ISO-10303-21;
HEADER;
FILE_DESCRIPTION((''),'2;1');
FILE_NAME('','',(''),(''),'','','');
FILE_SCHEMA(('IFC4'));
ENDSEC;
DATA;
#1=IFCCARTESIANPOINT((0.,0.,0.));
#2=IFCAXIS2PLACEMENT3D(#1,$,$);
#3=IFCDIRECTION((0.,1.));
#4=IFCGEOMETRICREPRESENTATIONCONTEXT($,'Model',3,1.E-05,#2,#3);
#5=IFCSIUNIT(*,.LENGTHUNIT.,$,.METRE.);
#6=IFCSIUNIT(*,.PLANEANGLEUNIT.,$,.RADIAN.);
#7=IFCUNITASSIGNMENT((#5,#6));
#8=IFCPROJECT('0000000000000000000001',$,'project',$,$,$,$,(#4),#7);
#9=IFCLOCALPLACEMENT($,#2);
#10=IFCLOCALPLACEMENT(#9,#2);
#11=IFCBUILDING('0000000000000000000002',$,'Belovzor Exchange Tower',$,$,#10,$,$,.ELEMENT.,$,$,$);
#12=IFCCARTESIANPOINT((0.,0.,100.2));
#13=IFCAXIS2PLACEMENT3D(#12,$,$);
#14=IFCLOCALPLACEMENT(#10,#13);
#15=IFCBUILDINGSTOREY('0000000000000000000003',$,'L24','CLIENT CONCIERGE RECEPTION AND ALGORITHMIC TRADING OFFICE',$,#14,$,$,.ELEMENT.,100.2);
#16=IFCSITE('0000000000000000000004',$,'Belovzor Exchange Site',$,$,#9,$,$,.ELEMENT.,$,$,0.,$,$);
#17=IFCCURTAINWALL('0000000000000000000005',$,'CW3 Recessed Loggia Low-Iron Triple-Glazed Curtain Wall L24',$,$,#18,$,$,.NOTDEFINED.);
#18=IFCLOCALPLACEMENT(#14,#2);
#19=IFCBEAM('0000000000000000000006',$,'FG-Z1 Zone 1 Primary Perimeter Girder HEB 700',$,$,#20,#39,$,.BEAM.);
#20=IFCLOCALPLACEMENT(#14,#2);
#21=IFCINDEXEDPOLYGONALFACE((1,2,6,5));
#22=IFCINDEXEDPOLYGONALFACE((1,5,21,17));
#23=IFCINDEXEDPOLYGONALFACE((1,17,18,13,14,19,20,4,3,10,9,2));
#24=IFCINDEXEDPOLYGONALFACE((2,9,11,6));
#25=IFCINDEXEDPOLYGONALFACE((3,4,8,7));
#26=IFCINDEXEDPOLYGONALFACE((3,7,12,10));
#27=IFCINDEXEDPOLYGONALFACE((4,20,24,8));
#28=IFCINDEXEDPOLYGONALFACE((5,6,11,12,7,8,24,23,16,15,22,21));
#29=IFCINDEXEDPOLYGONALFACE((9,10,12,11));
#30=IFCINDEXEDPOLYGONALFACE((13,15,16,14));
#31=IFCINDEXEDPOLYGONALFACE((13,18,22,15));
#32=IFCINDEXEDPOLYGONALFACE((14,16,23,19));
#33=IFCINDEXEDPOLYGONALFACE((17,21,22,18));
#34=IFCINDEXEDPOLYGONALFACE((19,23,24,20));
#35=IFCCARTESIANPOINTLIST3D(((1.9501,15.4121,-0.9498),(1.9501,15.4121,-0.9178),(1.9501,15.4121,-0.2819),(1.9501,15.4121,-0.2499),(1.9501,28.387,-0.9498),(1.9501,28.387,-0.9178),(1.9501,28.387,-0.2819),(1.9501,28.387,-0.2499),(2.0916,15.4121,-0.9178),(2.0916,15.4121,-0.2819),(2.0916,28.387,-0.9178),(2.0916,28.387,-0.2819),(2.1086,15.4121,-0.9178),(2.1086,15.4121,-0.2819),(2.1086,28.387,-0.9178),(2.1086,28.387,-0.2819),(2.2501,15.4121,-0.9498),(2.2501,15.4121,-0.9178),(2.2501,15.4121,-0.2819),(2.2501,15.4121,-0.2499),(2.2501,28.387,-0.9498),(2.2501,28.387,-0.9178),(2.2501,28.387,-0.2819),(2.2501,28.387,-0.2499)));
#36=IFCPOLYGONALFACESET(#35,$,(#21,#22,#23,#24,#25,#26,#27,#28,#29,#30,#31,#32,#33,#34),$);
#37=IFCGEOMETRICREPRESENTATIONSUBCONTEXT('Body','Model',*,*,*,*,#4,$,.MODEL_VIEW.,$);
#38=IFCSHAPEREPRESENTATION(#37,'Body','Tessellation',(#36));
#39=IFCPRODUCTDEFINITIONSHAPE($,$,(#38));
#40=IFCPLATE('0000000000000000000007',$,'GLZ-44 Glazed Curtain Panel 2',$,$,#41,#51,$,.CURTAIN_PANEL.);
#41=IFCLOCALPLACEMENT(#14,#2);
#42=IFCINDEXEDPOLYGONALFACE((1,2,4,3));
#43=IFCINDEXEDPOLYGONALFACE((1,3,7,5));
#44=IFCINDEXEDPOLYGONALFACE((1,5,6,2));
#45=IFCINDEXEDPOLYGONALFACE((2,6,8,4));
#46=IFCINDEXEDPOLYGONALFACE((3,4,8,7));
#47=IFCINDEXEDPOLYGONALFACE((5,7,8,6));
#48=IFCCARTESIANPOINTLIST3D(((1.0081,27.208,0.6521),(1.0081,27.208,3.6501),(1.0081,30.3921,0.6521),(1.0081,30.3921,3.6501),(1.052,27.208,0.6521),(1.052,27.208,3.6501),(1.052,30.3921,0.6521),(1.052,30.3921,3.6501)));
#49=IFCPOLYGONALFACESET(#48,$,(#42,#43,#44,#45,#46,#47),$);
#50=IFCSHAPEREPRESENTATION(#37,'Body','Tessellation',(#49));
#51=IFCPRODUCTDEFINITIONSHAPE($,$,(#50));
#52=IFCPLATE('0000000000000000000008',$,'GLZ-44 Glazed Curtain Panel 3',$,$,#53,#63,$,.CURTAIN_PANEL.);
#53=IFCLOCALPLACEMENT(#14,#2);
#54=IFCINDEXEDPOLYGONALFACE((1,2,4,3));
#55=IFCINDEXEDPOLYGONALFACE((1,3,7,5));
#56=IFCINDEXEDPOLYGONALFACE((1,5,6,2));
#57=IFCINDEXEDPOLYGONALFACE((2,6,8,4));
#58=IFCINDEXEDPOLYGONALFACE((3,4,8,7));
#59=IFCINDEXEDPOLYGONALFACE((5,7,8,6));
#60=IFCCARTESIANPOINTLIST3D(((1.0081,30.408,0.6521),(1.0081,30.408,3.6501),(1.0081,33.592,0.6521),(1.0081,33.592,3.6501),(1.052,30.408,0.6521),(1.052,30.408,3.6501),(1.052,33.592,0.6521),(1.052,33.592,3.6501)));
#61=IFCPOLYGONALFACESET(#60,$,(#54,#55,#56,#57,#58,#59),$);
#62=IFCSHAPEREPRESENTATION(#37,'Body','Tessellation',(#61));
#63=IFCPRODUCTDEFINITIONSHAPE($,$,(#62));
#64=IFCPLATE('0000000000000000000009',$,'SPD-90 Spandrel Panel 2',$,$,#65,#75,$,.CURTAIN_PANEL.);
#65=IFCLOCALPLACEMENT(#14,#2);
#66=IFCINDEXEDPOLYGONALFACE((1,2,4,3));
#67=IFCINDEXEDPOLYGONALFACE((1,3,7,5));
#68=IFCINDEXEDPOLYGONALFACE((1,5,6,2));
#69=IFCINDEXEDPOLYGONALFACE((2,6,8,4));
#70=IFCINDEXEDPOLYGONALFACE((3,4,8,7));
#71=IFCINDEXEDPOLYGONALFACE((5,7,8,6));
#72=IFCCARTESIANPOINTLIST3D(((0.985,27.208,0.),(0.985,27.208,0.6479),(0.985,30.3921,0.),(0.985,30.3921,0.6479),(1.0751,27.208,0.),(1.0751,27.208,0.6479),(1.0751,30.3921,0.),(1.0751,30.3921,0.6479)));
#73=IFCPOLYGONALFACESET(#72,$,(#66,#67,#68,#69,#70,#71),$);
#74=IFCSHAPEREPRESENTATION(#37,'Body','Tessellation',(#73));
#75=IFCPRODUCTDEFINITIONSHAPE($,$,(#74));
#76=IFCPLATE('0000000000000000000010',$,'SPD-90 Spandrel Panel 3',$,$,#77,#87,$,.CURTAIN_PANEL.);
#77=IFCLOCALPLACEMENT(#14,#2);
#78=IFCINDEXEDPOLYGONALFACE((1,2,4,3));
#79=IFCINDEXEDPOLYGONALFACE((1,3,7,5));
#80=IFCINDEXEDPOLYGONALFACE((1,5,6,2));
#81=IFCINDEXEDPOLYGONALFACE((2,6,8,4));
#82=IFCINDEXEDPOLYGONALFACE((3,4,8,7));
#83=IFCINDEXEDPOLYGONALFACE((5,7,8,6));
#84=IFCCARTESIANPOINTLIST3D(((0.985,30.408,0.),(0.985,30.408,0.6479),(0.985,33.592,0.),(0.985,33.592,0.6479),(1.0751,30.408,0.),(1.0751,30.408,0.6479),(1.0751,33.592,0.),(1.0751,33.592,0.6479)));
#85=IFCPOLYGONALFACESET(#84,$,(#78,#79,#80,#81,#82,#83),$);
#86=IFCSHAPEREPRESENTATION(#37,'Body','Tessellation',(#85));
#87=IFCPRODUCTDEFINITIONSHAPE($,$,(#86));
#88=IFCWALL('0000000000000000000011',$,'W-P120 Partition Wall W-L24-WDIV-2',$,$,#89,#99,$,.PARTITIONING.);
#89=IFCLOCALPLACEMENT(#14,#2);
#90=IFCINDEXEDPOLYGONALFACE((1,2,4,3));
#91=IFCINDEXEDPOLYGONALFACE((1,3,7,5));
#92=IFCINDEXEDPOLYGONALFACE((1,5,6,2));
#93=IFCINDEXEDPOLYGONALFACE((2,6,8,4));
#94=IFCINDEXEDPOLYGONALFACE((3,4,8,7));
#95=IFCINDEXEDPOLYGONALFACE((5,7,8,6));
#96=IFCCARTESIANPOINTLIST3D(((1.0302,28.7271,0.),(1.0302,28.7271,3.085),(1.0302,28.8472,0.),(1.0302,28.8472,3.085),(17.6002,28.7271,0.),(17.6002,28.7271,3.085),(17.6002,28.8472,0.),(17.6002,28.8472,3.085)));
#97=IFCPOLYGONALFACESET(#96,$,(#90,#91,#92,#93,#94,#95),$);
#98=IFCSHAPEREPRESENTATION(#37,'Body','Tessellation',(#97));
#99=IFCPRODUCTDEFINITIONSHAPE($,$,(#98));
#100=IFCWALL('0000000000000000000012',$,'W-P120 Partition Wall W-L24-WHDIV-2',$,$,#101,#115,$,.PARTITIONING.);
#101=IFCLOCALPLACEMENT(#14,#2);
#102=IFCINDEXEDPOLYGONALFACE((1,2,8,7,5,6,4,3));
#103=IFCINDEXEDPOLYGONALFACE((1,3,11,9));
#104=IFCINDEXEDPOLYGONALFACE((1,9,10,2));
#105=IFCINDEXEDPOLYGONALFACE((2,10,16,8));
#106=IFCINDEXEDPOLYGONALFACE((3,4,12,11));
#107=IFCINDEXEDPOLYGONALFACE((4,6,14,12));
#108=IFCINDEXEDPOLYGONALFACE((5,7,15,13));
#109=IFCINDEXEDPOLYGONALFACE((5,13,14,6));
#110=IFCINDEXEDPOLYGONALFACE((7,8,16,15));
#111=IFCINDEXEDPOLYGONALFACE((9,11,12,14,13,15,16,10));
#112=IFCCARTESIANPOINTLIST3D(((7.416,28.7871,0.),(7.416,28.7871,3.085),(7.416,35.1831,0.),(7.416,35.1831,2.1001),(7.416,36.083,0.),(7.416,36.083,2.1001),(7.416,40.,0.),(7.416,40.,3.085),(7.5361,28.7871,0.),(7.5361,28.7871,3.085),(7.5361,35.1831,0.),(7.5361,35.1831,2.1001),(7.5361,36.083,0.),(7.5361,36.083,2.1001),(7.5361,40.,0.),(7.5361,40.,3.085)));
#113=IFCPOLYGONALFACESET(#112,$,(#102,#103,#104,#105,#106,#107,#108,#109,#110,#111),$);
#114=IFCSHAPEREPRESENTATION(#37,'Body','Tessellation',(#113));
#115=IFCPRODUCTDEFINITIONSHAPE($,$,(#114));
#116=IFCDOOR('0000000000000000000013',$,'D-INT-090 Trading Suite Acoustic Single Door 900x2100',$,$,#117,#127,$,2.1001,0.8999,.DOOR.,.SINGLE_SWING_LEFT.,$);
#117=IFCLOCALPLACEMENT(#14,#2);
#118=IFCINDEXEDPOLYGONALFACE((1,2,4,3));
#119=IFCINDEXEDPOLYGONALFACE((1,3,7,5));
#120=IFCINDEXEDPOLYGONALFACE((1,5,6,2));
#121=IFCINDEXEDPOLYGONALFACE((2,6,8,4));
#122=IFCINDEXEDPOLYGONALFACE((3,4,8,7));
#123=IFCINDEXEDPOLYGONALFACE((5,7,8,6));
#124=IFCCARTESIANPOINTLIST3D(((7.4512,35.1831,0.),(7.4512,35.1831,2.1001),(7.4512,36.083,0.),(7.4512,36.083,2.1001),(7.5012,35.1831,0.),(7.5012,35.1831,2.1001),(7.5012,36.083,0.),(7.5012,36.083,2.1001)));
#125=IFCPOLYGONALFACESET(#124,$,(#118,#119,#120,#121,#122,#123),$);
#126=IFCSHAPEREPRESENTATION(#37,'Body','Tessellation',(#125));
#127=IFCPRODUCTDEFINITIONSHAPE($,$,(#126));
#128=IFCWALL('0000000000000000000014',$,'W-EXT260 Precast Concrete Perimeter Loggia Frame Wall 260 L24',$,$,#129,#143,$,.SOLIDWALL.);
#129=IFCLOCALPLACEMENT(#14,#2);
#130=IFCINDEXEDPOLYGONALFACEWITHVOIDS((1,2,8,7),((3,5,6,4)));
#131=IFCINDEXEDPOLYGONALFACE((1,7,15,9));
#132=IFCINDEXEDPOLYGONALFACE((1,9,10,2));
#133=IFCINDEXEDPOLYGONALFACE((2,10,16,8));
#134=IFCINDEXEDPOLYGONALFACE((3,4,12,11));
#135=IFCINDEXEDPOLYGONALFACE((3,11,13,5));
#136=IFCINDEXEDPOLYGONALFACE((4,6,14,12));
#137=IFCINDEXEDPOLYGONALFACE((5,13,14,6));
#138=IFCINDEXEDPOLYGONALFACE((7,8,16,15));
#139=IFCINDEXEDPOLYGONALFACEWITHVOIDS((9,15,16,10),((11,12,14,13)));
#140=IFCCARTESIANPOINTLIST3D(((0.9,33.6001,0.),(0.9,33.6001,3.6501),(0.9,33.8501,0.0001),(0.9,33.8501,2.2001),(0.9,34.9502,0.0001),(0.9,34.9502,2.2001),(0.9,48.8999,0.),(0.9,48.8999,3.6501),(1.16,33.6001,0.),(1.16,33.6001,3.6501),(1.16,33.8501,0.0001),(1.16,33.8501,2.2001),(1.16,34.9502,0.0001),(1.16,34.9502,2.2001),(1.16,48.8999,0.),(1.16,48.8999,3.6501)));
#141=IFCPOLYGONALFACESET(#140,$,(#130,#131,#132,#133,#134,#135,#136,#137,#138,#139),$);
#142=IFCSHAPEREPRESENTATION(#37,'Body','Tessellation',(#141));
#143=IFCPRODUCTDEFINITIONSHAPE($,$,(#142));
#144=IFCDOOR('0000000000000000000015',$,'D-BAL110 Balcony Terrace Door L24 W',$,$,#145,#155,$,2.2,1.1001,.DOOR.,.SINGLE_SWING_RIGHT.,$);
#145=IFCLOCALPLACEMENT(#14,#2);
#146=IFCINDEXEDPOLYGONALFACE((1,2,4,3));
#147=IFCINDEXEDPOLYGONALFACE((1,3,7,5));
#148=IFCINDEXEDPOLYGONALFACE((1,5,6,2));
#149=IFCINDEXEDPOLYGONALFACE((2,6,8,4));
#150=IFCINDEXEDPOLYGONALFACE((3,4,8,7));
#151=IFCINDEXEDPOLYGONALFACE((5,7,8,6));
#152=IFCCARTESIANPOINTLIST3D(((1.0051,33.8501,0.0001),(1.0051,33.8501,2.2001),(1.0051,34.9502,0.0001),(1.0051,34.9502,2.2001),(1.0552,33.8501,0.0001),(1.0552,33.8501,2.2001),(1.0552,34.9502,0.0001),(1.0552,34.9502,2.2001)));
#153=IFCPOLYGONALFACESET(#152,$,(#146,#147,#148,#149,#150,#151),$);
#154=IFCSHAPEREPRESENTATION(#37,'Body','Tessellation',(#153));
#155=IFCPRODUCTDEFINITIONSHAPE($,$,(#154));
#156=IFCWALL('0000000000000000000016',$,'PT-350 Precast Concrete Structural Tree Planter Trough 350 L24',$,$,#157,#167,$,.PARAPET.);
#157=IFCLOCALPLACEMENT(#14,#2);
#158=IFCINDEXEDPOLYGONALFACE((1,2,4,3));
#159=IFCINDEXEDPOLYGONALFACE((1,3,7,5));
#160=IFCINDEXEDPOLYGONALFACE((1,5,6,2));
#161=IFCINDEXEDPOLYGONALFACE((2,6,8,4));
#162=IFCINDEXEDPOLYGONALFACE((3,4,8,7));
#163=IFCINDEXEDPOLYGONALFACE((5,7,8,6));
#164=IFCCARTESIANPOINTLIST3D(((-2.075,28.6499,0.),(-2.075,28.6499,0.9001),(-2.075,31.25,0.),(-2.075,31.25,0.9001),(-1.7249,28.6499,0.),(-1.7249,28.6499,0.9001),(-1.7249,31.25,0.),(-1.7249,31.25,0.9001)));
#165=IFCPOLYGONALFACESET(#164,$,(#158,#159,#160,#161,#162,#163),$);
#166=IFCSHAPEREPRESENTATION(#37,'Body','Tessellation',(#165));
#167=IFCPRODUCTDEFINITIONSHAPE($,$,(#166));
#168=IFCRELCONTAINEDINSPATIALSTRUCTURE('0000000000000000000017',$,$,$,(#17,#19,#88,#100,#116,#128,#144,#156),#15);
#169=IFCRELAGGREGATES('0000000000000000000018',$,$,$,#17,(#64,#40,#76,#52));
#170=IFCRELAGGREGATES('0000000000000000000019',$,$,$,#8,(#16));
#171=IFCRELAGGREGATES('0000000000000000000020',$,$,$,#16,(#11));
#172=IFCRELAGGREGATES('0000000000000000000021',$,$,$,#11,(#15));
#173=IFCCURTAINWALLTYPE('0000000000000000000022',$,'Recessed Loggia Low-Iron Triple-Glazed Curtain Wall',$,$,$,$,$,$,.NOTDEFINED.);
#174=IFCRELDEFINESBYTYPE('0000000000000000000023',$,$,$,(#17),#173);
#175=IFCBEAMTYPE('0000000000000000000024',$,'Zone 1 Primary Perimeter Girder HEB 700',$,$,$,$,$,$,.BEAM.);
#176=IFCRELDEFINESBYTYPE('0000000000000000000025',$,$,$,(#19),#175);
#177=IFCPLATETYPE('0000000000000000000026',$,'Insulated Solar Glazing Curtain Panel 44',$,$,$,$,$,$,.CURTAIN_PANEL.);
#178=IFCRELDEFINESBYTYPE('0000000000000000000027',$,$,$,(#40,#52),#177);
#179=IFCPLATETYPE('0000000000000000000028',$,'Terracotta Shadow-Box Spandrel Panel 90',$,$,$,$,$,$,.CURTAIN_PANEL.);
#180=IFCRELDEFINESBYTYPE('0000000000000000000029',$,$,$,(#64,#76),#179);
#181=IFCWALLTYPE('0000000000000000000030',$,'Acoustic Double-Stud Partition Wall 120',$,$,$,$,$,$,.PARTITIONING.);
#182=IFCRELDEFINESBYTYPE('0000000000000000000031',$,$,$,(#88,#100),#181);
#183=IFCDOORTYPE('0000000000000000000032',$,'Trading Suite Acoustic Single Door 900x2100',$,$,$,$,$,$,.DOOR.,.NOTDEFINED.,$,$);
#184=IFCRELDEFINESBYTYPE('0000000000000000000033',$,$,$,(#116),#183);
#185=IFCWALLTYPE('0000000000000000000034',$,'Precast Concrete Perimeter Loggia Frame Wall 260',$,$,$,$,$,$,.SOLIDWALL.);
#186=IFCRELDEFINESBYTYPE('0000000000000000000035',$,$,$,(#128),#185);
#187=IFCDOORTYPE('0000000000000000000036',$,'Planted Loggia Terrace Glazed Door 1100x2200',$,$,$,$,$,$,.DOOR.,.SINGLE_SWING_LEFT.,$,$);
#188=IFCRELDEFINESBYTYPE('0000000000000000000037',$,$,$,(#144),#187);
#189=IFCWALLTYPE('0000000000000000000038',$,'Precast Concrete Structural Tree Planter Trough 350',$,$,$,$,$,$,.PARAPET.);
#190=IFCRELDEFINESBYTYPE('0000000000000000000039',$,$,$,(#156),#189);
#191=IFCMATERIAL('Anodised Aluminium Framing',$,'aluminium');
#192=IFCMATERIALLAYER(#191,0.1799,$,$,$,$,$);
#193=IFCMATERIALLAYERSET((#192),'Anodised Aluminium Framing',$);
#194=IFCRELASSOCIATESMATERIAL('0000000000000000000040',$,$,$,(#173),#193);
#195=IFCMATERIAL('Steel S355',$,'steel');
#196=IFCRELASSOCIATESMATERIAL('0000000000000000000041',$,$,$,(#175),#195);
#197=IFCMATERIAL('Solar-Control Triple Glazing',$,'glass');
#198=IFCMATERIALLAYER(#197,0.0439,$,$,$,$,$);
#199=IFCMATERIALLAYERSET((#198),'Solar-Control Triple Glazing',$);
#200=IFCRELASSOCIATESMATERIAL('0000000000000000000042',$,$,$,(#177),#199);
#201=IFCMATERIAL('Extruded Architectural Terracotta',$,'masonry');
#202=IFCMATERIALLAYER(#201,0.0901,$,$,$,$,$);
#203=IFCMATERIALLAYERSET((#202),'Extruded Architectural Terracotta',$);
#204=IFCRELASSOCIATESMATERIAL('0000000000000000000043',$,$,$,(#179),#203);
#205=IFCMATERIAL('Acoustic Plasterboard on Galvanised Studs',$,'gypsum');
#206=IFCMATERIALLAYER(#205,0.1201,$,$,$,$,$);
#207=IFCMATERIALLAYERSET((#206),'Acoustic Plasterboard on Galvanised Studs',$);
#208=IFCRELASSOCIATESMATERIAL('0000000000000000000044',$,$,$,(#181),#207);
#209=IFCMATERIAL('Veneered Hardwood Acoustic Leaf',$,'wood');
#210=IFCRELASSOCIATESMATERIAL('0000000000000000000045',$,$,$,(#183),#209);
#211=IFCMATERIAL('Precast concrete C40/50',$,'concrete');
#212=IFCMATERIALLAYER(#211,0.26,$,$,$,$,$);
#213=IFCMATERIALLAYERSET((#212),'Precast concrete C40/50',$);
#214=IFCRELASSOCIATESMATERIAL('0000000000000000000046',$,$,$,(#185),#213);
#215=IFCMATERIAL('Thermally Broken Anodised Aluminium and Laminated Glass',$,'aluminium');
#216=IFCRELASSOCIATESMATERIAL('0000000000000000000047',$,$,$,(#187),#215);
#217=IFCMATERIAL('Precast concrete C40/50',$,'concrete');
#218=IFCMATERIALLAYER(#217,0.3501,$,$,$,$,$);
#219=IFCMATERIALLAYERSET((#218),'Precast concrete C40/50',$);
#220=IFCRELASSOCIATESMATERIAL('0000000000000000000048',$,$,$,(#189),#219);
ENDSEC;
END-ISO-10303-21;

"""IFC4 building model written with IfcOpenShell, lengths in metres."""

from ifc_helpers import new_model, si_unit, direction, frame, frame_2d, origin, origin_2d, place, context, subcontext, project, spatial, rectangle, i_section, extrude, material, layer, layer_set, material_profile, profile_set, type_object, element, fill, aggregate, save


model = new_model("IFC4")

# Units and contexts
model_context = context("Model", 3, precision=1e-05, world=origin(), true_north=direction((0.0, 1.0)))
body_context = subcontext(model_context, "Body", "Model", "MODEL_VIEW")
ifc_project = project(units=[si_unit("LENGTHUNIT", "METRE"), si_unit("PLANEANGLEUNIT", "RADIAN")], contexts=[model_context])

# Site, building, storey
site_placement = place(None, origin())
site = spatial("IfcSite", under=ifc_project, at=site_placement, Name="Belovzor Exchange Site", CompositionType="ELEMENT", RefElevation=0.0)
building_placement = place(site_placement, origin())
building = spatial("IfcBuilding", under=site, at=building_placement, Name="Belovzor Exchange Tower", CompositionType="ELEMENT")
storey_placement = place(building_placement, frame((0.0, 0.0, 100.2)))
storey = spatial("IfcBuildingStorey", under=building, at=storey_placement, Name="L24", Description="CLIENT CONCIERGE RECEPTION AND ALGORITHMIC TRADING OFFICE", CompositionType="ELEMENT", Elevation=100.2)

# Curtain wall
ifc_material_1 = material(Name="Anodised Aluminium Framing", Category="aluminium")
ifc_layer_1 = layer(ifc_material_1, 0.1799)
ifc_layer_set_1 = layer_set([ifc_layer_1], Name="Anodised Aluminium Framing")
curtain_wall_type = type_object("IfcCurtainWallType", Name="Recessed Loggia Low-Iron Triple-Glazed Curtain Wall", PredefinedType="NOTDEFINED", material=ifc_layer_set_1)
curtain_wall_placement = place(storey_placement, origin())
curtain_wall = element("IfcCurtainWall", 1, at=curtain_wall_placement, inside=storey, type_object=curtain_wall_type, Name="CW3 Recessed Loggia Low-Iron Triple-Glazed Curtain Wall L24", PredefinedType="NOTDEFINED")

# Beam
ifc_material_2 = material(Name="Steel S355", Category="steel")
ifc_material_profile_1 = material_profile(ifc_material_2, i_section(OverallWidth=0.3, OverallDepth=0.7, WebThickness=0.0171, FlangeThickness=0.032, at=origin_2d()))
ifc_profile_set_1 = profile_set([ifc_material_profile_1], Name="Steel S355")
beam_type_1 = type_object("IfcBeamType", Name="Zone 1 Primary Perimeter Girder HEB 700", PredefinedType="BEAM", material=ifc_profile_set_1)
beam_1_placement = place(storey_placement, frame((2.1001, 28.387, -0.5999), z_axis=(0.0, -1.0, 0.0), x_axis=(1.0, 0.0, 0.0)))
element("IfcBeam", 2, at=beam_1_placement, inside=storey, type_object=beam_type_1, Name="FG-Z1 Zone 1 Primary Perimeter Girder HEB 700", PredefinedType="BEAM", context=body_context, shape_type="SweptSolid", body=[
    extrude(i_section(OverallWidth=0.3, OverallDepth=0.7, WebThickness=0.0171, FlangeThickness=0.032, at=origin_2d()), origin(), (0.0, 0.0, 1.0), 12.9749),
])

# Plates
ifc_material_3 = material(Name="Solar-Control Triple Glazing", Category="glass")
ifc_layer_2 = layer(ifc_material_3, 0.0439)
ifc_layer_set_2 = layer_set([ifc_layer_2], Name="Solar-Control Triple Glazing")
plate_type_1 = type_object("IfcPlateType", Name="Insulated Solar Glazing Curtain Panel 44", PredefinedType="CURTAIN_PANEL", material=ifc_layer_set_2)
plate_1_placement = place(storey_placement, frame((1.03, 28.8, 0.6521), z_axis=(0.0, 0.0, 1.0), x_axis=(0.0, 1.0, 0.0)))
plate_1 = element("IfcPlate", 3, at=plate_1_placement, type_object=plate_type_1, Name="GLZ-44 Glazed Curtain Panel 2", PredefinedType="CURTAIN_PANEL", context=body_context, shape_type="SweptSolid", body=[
    extrude(rectangle(XDim=3.1841, YDim=0.0439, at=origin_2d()), origin(), (0.0, 0.0, 1.0), 2.998),
])
plate_2_placement = place(storey_placement, frame((1.03, 32.0, 0.6521), z_axis=(0.0, 0.0, 1.0), x_axis=(0.0, 1.0, 0.0)))
plate_2 = element("IfcPlate", 4, at=plate_2_placement, type_object=plate_type_1, Name="GLZ-44 Glazed Curtain Panel 3", PredefinedType="CURTAIN_PANEL", context=body_context, shape_type="SweptSolid", body=[
    extrude(rectangle(XDim=3.1841, YDim=0.0439, at=origin_2d()), origin(), (0.0, 0.0, 1.0), 2.998),
])
ifc_material_4 = material(Name="Extruded Architectural Terracotta", Category="masonry")
ifc_layer_3 = layer(ifc_material_4, 0.0901)
ifc_layer_set_3 = layer_set([ifc_layer_3], Name="Extruded Architectural Terracotta")
plate_type_2 = type_object("IfcPlateType", Name="Terracotta Shadow-Box Spandrel Panel 90", PredefinedType="CURTAIN_PANEL", material=ifc_layer_set_3)
plate_3_placement = place(storey_placement, frame((1.03, 28.8, 0.0), z_axis=(0.0, 0.0, 1.0), x_axis=(0.0, 1.0, 0.0)))
plate_3 = element("IfcPlate", 5, at=plate_3_placement, type_object=plate_type_2, Name="SPD-90 Spandrel Panel 2", PredefinedType="CURTAIN_PANEL", context=body_context, shape_type="SweptSolid", body=[
    extrude(rectangle(XDim=3.1841, YDim=0.0901, at=origin_2d()), origin(), (0.0, 0.0, 1.0), 0.6479),
])
plate_4_placement = place(storey_placement, frame((1.03, 32.0, 0.0), z_axis=(0.0, 0.0, 1.0), x_axis=(0.0, 1.0, 0.0)))
plate_4 = element("IfcPlate", 6, at=plate_4_placement, type_object=plate_type_2, Name="SPD-90 Spandrel Panel 3", PredefinedType="CURTAIN_PANEL", context=body_context, shape_type="SweptSolid", body=[
    extrude(rectangle(XDim=3.1841, YDim=0.0901, at=origin_2d()), origin(), (0.0, 0.0, 1.0), 0.6479),
])
aggregate(curtain_wall, [plate_3, plate_1, plate_4, plate_2])

# Wall
ifc_material_5 = material(Name="Acoustic Plasterboard on Galvanised Studs", Category="gypsum")
ifc_layer_4 = layer(ifc_material_5, 0.1201)
ifc_layer_set_4 = layer_set([ifc_layer_4], Name="Acoustic Plasterboard on Galvanised Studs")
wall_type_1 = type_object("IfcWallType", Name="Acoustic Double-Stud Partition Wall 120", PredefinedType="PARTITIONING", material=ifc_layer_set_4)
wall_1_placement = place(storey_placement, frame((1.03, 28.7871, 0.0), z_axis=(0.0, 0.0, 1.0), x_axis=(1.0, 0.0, 0.0)))
element("IfcWall", 7, at=wall_1_placement, inside=storey, type_object=wall_type_1, Name="W-P120 Partition Wall W-L24-WDIV-2", PredefinedType="PARTITIONING", context=body_context, shape_type="SweptSolid", body=[
    extrude(rectangle(XDim=16.5701, YDim=0.1201, at=frame_2d((8.2852, 0.0))), origin(), (0.0, 0.0, 1.0), 3.085),
])

# Walls, openings, doors
wall_2_placement = place(storey_placement, frame((7.4761, 28.7871, 0.0), z_axis=(0.0, 0.0, 1.0), x_axis=(0.0, 1.0, 0.0)))
wall_2 = element("IfcWall", 8, at=wall_2_placement, inside=storey, type_object=wall_type_1, Name="W-P120 Partition Wall W-L24-WHDIV-2", PredefinedType="PARTITIONING", context=body_context, shape_type="SweptSolid", body=[
    extrude(rectangle(XDim=11.2129, YDim=0.1201, at=frame_2d((5.6064, 0.0))), origin(), (0.0, 0.0, 1.0), 3.085),
])
opening_1_placement = place(wall_2_placement, frame((6.396, 0.0, 0.0)))
opening_1 = element("IfcOpeningElement", 9, at=opening_1_placement, cuts=wall_2, PredefinedType="OPENING", context=body_context, shape_type="SweptSolid", body=[
    extrude(rectangle(XDim=0.8999, YDim=2.1001, at=frame_2d((0.45, 1.05))), frame((0.0, 0.0701, 0.0), z_axis=(0.0, -1.0, 0.0), x_axis=(1.0, 0.0, 0.0)), (0.0, 0.0, 1.0), 0.1401),
])
ifc_material_6 = material(Name="Veneered Hardwood Acoustic Leaf", Category="wood")
door_type_1 = type_object("IfcDoorType", Name="Trading Suite Acoustic Single Door 900x2100", OperationType="NOTDEFINED", PredefinedType="DOOR", material=ifc_material_6)
door_1_placement = place(opening_1_placement, origin())
door_1 = element("IfcDoor", 10, at=door_1_placement, inside=storey, type_object=door_type_1, Name="D-INT-090 Trading Suite Acoustic Single Door 900x2100", OperationType="SINGLE_SWING_LEFT", OverallHeight=2.1001, OverallWidth=0.8999, PredefinedType="DOOR", context=body_context, shape_type="SweptSolid", body=[
    extrude(rectangle(XDim=0.8999, YDim=2.1001, at=frame_2d((0.45, 1.05))), frame((0.0, 0.0249, 0.0), z_axis=(0.0, -1.0, 0.0), x_axis=(1.0, 0.0, 0.0)), (0.0, 0.0, 1.0), 0.05),
])
fill(opening_1, door_1)
ifc_material_7 = material(Name="Precast concrete C40/50", Category="concrete")
ifc_layer_5 = layer(ifc_material_7, 0.26)
ifc_layer_set_5 = layer_set([ifc_layer_5], Name="Precast concrete C40/50")
wall_type_2 = type_object("IfcWallType", Name="Precast Concrete Perimeter Loggia Frame Wall 260", PredefinedType="SOLIDWALL", material=ifc_layer_set_5)
wall_3_placement = place(storey_placement, frame((1.03, 33.6001, 0.0), z_axis=(0.0, 0.0, 1.0), x_axis=(0.0, 1.0, 0.0)))
wall_3 = element("IfcWall", 11, at=wall_3_placement, inside=storey, type_object=wall_type_2, Name="W-EXT260 Precast Concrete Perimeter Loggia Frame Wall 260 L24", PredefinedType="SOLIDWALL", context=body_context, shape_type="SweptSolid", body=[
    extrude(rectangle(XDim=15.2998, YDim=0.26, at=frame_2d((7.6499, 0.0))), origin(), (0.0, 0.0, 1.0), 3.6501),
])
opening_2_placement = place(wall_3_placement, frame((0.25, 0.0, 0.0)))
opening_2 = element("IfcOpeningElement", 12, at=opening_2_placement, cuts=wall_3, PredefinedType="OPENING", context=body_context, shape_type="SweptSolid", body=[
    extrude(rectangle(XDim=1.1001, YDim=2.2, at=frame_2d((0.55, 1.1001))), frame((0.0, 0.1399, 0.0), z_axis=(0.0, -1.0, 0.0), x_axis=(1.0, 0.0, 0.0)), (0.0, 0.0, 1.0), 0.28),
])
ifc_material_8 = material(Name="Thermally Broken Anodised Aluminium and Laminated Glass", Category="aluminium")
door_type_2 = type_object("IfcDoorType", Name="Planted Loggia Terrace Glazed Door 1100x2200", OperationType="SINGLE_SWING_LEFT", PredefinedType="DOOR", material=ifc_material_8)
door_2_placement = place(opening_2_placement, origin())
door_2 = element("IfcDoor", 13, at=door_2_placement, inside=storey, type_object=door_type_2, Name="D-BAL110 Balcony Terrace Door L24 W", OperationType="SINGLE_SWING_RIGHT", OverallHeight=2.2, OverallWidth=1.1001, PredefinedType="DOOR", context=body_context, shape_type="SweptSolid", body=[
    extrude(rectangle(XDim=1.1001, YDim=2.2, at=frame_2d((0.55, 1.1001))), frame((0.0, 0.0249, 0.0), z_axis=(0.0, -1.0, 0.0), x_axis=(1.0, 0.0, 0.0)), (0.0, 0.0, 1.0), 0.05),
])
fill(opening_2, door_2)

# Wall
ifc_material_9 = material(Name="Precast concrete C40/50", Category="concrete")
ifc_layer_6 = layer(ifc_material_9, 0.3501)
ifc_layer_set_6 = layer_set([ifc_layer_6], Name="Precast concrete C40/50")
wall_type_3 = type_object("IfcWallType", Name="Precast Concrete Structural Tree Planter Trough 350", PredefinedType="PARAPET", material=ifc_layer_set_6)
wall_4_placement = place(storey_placement, frame((-1.8999, 28.6499, 0.0), z_axis=(0.0, 0.0, 1.0), x_axis=(0.0, 1.0, 0.0)))
element("IfcWall", 14, at=wall_4_placement, inside=storey, type_object=wall_type_3, Name="PT-350 Precast Concrete Structural Tree Planter Trough 350 L24", PredefinedType="PARAPET", context=body_context, shape_type="SweptSolid", body=[
    extrude(rectangle(XDim=2.6001, YDim=0.3501, at=frame_2d((1.3, 0.0))), origin(), (0.0, 0.0, 1.0), 0.9001),
])

save(model, "model.ifc")
